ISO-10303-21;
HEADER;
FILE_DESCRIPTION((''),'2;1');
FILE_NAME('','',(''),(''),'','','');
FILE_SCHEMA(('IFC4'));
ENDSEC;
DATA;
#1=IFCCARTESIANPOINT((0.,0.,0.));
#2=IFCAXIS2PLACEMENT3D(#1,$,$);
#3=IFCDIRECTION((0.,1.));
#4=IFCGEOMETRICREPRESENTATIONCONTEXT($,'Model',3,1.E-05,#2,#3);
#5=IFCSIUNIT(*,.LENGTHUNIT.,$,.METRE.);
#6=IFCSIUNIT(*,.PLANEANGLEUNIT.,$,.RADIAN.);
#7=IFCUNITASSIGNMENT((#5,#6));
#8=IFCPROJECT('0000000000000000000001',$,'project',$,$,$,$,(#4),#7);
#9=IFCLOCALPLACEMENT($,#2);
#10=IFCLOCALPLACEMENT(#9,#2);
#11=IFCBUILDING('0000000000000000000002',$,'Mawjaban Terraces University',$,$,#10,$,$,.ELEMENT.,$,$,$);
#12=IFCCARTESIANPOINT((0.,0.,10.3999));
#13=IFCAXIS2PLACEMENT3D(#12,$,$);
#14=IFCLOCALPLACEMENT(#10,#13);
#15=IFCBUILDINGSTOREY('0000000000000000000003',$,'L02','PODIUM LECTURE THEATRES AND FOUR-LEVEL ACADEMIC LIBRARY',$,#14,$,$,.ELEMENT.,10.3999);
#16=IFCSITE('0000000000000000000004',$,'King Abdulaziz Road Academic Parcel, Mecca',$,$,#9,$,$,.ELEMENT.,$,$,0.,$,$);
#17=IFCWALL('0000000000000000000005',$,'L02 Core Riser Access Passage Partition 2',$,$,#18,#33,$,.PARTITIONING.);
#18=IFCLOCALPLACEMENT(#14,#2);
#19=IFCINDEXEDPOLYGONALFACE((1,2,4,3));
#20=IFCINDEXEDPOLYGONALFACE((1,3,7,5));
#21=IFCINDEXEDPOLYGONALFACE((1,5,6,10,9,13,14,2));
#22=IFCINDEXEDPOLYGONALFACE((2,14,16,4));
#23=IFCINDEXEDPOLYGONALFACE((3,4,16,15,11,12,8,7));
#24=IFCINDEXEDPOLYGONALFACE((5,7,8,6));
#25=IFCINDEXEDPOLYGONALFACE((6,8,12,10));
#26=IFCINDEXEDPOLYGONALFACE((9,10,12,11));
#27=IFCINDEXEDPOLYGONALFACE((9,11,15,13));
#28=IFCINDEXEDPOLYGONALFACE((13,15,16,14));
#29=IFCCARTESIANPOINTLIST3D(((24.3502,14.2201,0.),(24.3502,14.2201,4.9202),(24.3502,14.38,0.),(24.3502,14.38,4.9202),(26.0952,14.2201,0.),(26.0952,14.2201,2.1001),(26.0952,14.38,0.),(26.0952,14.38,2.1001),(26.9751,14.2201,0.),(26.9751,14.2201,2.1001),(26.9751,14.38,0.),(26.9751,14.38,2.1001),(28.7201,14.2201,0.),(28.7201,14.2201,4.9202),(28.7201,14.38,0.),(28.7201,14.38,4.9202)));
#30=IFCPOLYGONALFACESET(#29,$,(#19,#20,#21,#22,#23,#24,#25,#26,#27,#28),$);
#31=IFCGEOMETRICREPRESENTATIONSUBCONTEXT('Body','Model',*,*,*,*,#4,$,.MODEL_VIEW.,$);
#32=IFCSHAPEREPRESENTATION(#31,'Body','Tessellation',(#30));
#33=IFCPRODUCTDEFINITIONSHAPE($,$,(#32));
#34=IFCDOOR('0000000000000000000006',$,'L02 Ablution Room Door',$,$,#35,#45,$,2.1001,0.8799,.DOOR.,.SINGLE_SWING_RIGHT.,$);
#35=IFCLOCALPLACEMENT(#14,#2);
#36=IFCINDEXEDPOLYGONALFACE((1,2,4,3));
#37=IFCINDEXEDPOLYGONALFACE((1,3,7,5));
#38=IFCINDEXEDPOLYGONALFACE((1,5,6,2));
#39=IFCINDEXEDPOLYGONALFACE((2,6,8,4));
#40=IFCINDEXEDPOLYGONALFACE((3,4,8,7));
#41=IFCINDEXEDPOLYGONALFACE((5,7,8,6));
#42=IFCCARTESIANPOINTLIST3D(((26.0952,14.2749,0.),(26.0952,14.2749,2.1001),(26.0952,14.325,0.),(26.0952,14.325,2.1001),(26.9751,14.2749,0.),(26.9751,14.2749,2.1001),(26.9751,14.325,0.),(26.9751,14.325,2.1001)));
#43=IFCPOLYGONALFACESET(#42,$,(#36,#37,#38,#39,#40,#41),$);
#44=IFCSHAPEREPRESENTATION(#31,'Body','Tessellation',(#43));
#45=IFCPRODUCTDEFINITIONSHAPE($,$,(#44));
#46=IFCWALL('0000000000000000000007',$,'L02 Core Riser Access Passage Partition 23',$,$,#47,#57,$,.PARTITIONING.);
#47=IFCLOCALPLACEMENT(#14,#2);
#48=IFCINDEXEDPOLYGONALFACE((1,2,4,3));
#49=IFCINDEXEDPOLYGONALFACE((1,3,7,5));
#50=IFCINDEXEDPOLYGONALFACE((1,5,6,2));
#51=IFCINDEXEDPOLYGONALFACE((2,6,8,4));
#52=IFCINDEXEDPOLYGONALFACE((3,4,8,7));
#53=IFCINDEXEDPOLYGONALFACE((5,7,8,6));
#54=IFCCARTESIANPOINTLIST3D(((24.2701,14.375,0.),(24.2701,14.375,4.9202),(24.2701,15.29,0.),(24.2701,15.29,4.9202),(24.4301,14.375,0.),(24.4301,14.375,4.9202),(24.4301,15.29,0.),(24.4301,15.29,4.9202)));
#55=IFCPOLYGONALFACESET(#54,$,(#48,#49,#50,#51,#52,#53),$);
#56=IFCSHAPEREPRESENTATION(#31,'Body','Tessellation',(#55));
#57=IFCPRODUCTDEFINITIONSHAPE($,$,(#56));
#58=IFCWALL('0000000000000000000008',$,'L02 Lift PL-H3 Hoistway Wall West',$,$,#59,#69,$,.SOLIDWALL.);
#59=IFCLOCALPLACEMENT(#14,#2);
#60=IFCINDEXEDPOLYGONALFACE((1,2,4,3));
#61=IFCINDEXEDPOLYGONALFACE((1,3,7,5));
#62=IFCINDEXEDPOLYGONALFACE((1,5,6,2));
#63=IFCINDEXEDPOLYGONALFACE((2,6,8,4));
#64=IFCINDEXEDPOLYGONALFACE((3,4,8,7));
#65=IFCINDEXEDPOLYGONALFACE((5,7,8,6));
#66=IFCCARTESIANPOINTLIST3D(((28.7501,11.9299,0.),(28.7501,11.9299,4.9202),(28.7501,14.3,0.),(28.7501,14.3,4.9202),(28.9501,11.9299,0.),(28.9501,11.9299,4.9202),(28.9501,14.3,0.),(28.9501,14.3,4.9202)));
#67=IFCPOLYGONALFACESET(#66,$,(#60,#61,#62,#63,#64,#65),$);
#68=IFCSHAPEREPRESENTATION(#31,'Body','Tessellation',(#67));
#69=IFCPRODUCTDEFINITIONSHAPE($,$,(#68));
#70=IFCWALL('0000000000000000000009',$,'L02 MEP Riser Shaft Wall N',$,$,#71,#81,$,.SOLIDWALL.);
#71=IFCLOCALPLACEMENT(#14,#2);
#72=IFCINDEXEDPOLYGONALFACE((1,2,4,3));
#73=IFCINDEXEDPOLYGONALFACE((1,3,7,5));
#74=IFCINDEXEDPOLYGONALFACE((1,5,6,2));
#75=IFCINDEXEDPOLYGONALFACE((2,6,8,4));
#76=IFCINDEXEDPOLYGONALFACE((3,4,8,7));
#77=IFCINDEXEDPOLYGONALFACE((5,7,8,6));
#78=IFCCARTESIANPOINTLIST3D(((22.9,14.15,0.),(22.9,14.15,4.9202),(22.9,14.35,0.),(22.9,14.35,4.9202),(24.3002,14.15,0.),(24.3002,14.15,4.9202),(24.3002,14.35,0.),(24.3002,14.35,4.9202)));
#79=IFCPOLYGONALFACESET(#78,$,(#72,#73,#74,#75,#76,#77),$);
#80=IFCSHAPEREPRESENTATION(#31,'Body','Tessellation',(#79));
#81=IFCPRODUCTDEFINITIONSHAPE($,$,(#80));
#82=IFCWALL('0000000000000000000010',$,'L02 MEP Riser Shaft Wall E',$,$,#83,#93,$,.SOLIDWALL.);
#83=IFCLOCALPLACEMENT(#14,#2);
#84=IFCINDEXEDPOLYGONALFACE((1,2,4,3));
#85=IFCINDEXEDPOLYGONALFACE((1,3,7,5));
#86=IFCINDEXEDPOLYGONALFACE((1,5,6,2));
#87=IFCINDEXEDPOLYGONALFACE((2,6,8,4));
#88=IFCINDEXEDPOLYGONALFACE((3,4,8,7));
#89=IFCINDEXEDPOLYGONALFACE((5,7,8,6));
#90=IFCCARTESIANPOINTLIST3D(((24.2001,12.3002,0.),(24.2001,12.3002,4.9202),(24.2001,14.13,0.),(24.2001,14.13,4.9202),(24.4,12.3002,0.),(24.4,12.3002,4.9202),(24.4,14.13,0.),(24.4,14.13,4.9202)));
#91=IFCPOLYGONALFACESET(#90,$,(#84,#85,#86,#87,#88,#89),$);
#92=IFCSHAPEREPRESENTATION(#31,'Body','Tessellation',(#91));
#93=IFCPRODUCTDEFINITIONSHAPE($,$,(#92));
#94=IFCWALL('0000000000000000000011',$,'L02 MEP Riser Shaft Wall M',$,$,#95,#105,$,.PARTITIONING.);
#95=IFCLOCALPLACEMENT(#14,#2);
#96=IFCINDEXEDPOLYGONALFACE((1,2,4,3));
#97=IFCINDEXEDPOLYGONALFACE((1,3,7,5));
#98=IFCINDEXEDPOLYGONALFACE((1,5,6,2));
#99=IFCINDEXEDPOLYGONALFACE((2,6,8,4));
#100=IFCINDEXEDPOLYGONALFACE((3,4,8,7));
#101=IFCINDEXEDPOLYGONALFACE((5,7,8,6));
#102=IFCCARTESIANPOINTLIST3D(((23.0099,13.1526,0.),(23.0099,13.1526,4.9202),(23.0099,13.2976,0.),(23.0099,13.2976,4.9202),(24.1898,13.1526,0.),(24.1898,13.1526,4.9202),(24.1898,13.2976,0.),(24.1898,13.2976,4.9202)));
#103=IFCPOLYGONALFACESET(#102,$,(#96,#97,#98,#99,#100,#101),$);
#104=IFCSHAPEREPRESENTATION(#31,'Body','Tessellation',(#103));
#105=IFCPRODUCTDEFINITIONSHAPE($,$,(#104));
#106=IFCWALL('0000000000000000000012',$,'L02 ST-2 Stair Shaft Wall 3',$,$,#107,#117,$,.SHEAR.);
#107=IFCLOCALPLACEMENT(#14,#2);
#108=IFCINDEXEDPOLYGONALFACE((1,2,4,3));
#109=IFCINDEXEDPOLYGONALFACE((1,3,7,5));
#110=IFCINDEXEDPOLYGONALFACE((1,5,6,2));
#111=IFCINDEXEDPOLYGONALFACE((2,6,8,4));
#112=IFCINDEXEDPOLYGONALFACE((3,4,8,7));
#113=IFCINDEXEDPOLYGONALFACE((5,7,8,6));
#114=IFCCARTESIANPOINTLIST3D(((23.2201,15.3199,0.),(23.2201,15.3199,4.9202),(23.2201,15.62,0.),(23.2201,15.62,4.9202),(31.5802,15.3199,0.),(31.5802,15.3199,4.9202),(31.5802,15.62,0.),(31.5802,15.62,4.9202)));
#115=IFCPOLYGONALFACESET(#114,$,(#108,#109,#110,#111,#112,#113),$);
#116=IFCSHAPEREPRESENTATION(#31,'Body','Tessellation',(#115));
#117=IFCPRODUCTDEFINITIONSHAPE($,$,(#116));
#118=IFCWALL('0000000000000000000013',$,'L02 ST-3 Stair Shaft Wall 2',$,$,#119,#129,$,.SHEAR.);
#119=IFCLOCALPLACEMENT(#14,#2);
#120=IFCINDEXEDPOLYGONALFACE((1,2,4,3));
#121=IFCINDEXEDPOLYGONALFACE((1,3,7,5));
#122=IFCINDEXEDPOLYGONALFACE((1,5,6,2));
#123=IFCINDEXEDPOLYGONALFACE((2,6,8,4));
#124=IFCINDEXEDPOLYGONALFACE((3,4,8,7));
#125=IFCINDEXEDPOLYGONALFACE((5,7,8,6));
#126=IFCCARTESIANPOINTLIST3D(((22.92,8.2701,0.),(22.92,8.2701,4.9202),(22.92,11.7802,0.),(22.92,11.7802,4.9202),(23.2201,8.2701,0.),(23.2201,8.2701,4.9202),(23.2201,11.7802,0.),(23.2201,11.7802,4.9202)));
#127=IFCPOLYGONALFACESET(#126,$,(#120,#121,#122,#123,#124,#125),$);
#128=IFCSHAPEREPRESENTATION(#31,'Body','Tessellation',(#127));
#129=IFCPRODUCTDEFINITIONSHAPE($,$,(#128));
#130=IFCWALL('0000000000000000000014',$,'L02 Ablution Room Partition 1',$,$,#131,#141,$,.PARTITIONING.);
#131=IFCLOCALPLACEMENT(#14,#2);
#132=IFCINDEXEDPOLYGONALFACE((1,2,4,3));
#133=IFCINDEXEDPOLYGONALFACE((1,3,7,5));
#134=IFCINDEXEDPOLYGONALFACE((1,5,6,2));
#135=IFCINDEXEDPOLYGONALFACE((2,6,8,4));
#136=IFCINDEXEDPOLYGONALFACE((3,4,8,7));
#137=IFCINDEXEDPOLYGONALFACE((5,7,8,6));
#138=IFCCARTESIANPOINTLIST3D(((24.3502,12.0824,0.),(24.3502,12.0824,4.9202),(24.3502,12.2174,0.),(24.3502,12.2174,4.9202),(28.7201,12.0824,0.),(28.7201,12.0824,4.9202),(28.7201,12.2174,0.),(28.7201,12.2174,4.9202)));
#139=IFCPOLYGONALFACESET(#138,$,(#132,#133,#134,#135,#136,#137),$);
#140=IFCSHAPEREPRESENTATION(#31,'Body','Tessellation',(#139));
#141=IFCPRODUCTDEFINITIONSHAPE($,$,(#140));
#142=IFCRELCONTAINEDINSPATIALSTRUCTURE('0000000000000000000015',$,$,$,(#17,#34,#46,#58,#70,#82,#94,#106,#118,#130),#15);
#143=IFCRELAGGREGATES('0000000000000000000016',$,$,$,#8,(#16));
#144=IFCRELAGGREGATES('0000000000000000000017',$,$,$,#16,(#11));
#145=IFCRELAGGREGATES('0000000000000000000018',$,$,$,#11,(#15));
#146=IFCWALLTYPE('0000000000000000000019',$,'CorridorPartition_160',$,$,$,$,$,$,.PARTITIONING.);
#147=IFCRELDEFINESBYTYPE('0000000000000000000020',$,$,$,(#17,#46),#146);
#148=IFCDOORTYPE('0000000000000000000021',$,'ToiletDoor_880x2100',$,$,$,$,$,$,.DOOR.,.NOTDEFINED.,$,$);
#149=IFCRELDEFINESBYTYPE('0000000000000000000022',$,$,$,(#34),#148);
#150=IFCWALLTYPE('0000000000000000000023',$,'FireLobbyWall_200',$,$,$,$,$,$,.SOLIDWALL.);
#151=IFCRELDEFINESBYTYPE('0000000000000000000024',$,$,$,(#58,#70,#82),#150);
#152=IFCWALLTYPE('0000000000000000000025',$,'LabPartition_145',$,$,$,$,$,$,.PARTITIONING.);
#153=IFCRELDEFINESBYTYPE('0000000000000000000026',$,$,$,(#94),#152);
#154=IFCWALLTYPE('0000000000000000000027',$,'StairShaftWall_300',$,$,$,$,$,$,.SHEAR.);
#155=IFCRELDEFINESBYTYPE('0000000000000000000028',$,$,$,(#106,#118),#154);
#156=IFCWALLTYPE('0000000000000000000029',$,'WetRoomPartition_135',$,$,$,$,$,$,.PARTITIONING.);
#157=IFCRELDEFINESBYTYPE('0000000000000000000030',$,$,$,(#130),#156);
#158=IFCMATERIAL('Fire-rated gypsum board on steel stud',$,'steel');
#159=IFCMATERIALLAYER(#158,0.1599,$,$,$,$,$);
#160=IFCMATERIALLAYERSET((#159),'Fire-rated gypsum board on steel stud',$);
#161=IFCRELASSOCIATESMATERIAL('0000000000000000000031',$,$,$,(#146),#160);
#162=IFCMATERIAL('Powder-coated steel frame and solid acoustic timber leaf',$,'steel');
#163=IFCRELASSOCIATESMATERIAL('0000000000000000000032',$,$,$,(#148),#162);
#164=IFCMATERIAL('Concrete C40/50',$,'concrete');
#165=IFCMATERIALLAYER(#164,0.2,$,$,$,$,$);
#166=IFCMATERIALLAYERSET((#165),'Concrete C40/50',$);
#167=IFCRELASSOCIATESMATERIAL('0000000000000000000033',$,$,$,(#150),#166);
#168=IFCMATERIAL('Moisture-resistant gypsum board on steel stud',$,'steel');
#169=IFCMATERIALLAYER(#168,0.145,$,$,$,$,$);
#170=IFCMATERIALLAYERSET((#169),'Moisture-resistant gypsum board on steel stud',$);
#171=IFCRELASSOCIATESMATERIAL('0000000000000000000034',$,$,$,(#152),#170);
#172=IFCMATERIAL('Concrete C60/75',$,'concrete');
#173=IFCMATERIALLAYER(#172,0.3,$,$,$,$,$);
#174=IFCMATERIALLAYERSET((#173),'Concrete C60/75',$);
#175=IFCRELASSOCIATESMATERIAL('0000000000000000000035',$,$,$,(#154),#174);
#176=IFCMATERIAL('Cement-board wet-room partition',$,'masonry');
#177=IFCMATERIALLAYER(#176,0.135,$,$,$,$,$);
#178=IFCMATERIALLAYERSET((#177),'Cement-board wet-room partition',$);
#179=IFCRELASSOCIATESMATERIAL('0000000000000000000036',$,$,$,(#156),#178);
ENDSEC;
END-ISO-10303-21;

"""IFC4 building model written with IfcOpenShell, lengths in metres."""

from ifc_helpers import new_model, si_unit, direction, frame, frame_2d, origin, place, context, subcontext, project, spatial, rectangle, extrude, material, layer, layer_set, type_object, element, fill, save


model = new_model("IFC4")

# Units and contexts
model_context = context("Model", 3, precision=1e-05, world=origin(), true_north=direction((0.0, 1.0)))
body_context = subcontext(model_context, "Body", "Model", "MODEL_VIEW")
ifc_project = project(units=[si_unit("LENGTHUNIT", "METRE"), si_unit("PLANEANGLEUNIT", "RADIAN")], contexts=[model_context])

# Site, building, storey
site_placement = place(None, origin())
site = spatial("IfcSite", under=ifc_project, at=site_placement, Name="King Abdulaziz Road Academic Parcel, Mecca", CompositionType="ELEMENT", RefElevation=0.0)
building_placement = place(site_placement, origin())
building = spatial("IfcBuilding", under=site, at=building_placement, Name="Mawjaban Terraces University", CompositionType="ELEMENT")
storey_placement = place(building_placement, frame((0.0, 0.0, 10.3999)))
storey = spatial("IfcBuildingStorey", under=building, at=storey_placement, Name="L02", Description="PODIUM LECTURE THEATRES AND FOUR-LEVEL ACADEMIC LIBRARY", CompositionType="ELEMENT", Elevation=10.3999)

# Wall, opening, door
ifc_material_1 = material(Name="Fire-rated gypsum board on steel stud", Category="steel")
ifc_layer_1 = layer(ifc_material_1, 0.1599)
ifc_layer_set_1 = layer_set([ifc_layer_1], Name="Fire-rated gypsum board on steel stud")
wall_type_1 = type_object("IfcWallType", Name="CorridorPartition_160", PredefinedType="PARTITIONING", material=ifc_layer_set_1)
wall_1_placement = place(storey_placement, frame((24.3501, 14.3, 0.0), z_axis=(0.0, 0.0, 1.0), x_axis=(1.0, 0.0, 0.0)))
wall_1 = element("IfcWall", 1, at=wall_1_placement, inside=storey, type_object=wall_type_1, Name="L02 Core Riser Access Passage Partition 2", PredefinedType="PARTITIONING", context=body_context, shape_type="SweptSolid", body=[
    extrude(rectangle(XDim=4.3699, YDim=0.1599, at=frame_2d((2.1851, 0.0))), origin(), (0.0, 0.0, 1.0), 4.9202),
])
opening_placement = place(wall_1_placement, frame((1.7451, 0.0, 0.0)))
opening = element("IfcOpeningElement", 2, at=opening_placement, cuts=wall_1, PredefinedType="OPENING", context=body_context, shape_type="SweptSolid", body=[
    extrude(rectangle(XDim=0.8799, YDim=2.1001, at=frame_2d((0.4399, 1.05))), frame((0.0, 0.0898, 0.0), z_axis=(0.0, -1.0, 0.0), x_axis=(1.0, 0.0, 0.0)), (0.0, 0.0, 1.0), 0.1799),
])
ifc_material_2 = material(Name="Powder-coated steel frame and solid acoustic timber leaf", Category="steel")
door_type = type_object("IfcDoorType", Name="ToiletDoor_880x2100", OperationType="NOTDEFINED", PredefinedType="DOOR", material=ifc_material_2)
door_placement = place(opening_placement, origin())
door = element("IfcDoor", 3, at=door_placement, inside=storey, type_object=door_type, Name="L02 Ablution Room Door", OperationType="SINGLE_SWING_RIGHT", OverallHeight=2.1001, OverallWidth=0.8799, PredefinedType="DOOR", context=body_context, shape_type="SweptSolid", body=[
    extrude(rectangle(XDim=0.8799, YDim=2.1001, at=frame_2d((0.4399, 1.05))), frame((0.0, 0.0249, 0.0), z_axis=(0.0, -1.0, 0.0), x_axis=(1.0, 0.0, 0.0)), (0.0, 0.0, 1.0), 0.05),
])
fill(opening, door)

# Walls
wall_2_placement = place(storey_placement, frame((24.3501, 15.29, 0.0), z_axis=(0.0, 0.0, 1.0), x_axis=(0.0, -1.0, 0.0)))
element("IfcWall", 4, at=wall_2_placement, inside=storey, type_object=wall_type_1, Name="L02 Core Riser Access Passage Partition 23", PredefinedType="PARTITIONING", context=body_context, shape_type="SweptSolid", body=[
    extrude(rectangle(XDim=0.915, YDim=0.1599, at=frame_2d((0.4575, 0.0))), origin(), (0.0, 0.0, 1.0), 4.9202),
])
ifc_material_3 = material(Name="Concrete C40/50", Category="concrete")
ifc_layer_2 = layer(ifc_material_3, 0.2)
ifc_layer_set_2 = layer_set([ifc_layer_2], Name="Concrete C40/50")
wall_type_2 = type_object("IfcWallType", Name="FireLobbyWall_200", PredefinedType="SOLIDWALL", material=ifc_layer_set_2)
wall_3_placement = place(storey_placement, frame((28.8501, 14.3, 0.0), z_axis=(0.0, 0.0, 1.0), x_axis=(0.0, -1.0, 0.0)))
element("IfcWall", 5, at=wall_3_placement, inside=storey, type_object=wall_type_2, Name="L02 Lift PL-H3 Hoistway Wall West", PredefinedType="SOLIDWALL", context=body_context, shape_type="SweptSolid", body=[
    extrude(rectangle(XDim=2.3701, YDim=0.2, at=frame_2d((1.1851, 0.0))), origin(), (0.0, 0.0, 1.0), 4.9202),
])
wall_4_placement = place(storey_placement, frame((22.8999, 14.25, 0.0), z_axis=(0.0, 0.0, 1.0), x_axis=(1.0, 0.0, 0.0)))
element("IfcWall", 6, at=wall_4_placement, inside=storey, type_object=wall_type_2, Name="L02 MEP Riser Shaft Wall N", PredefinedType="SOLIDWALL", context=body_context, shape_type="SweptSolid", body=[
    extrude(rectangle(XDim=1.4001, YDim=0.2, at=frame_2d((0.7002, 0.0))), origin(), (0.0, 0.0, 1.0), 4.9202),
])
wall_5_placement = place(storey_placement, frame((24.3, 12.3, 0.0), z_axis=(0.0, 0.0, 1.0), x_axis=(0.0, 1.0, 0.0)))
element("IfcWall", 7, at=wall_5_placement, inside=storey, type_object=wall_type_2, Name="L02 MEP Riser Shaft Wall E", PredefinedType="SOLIDWALL", context=body_context, shape_type="SweptSolid", body=[
    extrude(rectangle(XDim=1.8298, YDim=0.2, at=frame_2d((0.915, 0.0))), origin(), (0.0, 0.0, 1.0), 4.9202),
])
ifc_material_4 = material(Name="Moisture-resistant gypsum board on steel stud", Category="steel")
ifc_layer_3 = layer(ifc_material_4, 0.145)
ifc_layer_set_3 = layer_set([ifc_layer_3], Name="Moisture-resistant gypsum board on steel stud")
wall_type_3 = type_object("IfcWallType", Name="LabPartition_145", PredefinedType="PARTITIONING", material=ifc_layer_set_3)
wall_6_placement = place(storey_placement, frame((23.01, 13.2251, 0.0), z_axis=(0.0, 0.0, 1.0), x_axis=(1.0, 0.0, 0.0)))
element("IfcWall", 8, at=wall_6_placement, inside=storey, type_object=wall_type_3, Name="L02 MEP Riser Shaft Wall M", PredefinedType="PARTITIONING", context=body_context, shape_type="SweptSolid", body=[
    extrude(rectangle(XDim=1.1799, YDim=0.145, at=frame_2d((0.5898, 0.0))), origin(), (0.0, 0.0, 1.0), 4.9202),
])
ifc_material_5 = material(Name="Concrete C60/75", Category="concrete")
ifc_layer_4 = layer(ifc_material_5, 0.3)
ifc_layer_set_4 = layer_set([ifc_layer_4], Name="Concrete C60/75")
wall_type_4 = type_object("IfcWallType", Name="StairShaftWall_300", PredefinedType="SHEAR", material=ifc_layer_set_4)
wall_7_placement = place(storey_placement, frame((23.22, 15.47, 0.0), z_axis=(0.0, 0.0, 1.0), x_axis=(1.0, 0.0, 0.0)))
element("IfcWall", 9, at=wall_7_placement, inside=storey, type_object=wall_type_4, Name="L02 ST-2 Stair Shaft Wall 3", PredefinedType="SHEAR", context=body_context, shape_type="SweptSolid", body=[
    extrude(rectangle(XDim=8.3601, YDim=0.3, at=frame_2d((4.1802, 0.0))), origin(), (0.0, 0.0, 1.0), 4.9202),
])
wall_8_placement = place(storey_placement, frame((23.0701, 11.78, 0.0), z_axis=(0.0, 0.0, 1.0), x_axis=(0.0, -1.0, 0.0)))
element("IfcWall", 10, at=wall_8_placement, inside=storey, type_object=wall_type_4, Name="L02 ST-3 Stair Shaft Wall 2", PredefinedType="SHEAR", context=body_context, shape_type="SweptSolid", body=[
    extrude(rectangle(XDim=3.51, YDim=0.3, at=frame_2d((1.7549, 0.0))), origin(), (0.0, 0.0, 1.0), 4.9202),
])
ifc_material_6 = material(Name="Cement-board wet-room partition", Category="masonry")
ifc_layer_5 = layer(ifc_material_6, 0.135)
ifc_layer_set_5 = layer_set([ifc_layer_5], Name="Cement-board wet-room partition")
wall_type_5 = type_object("IfcWallType", Name="WetRoomPartition_135", PredefinedType="PARTITIONING", material=ifc_layer_set_5)
wall_9_placement = place(storey_placement, frame((24.3501, 12.1499, 0.0), z_axis=(0.0, 0.0, 1.0), x_axis=(1.0, 0.0, 0.0)))
element("IfcWall", 11, at=wall_9_placement, inside=storey, type_object=wall_type_5, Name="L02 Ablution Room Partition 1", PredefinedType="PARTITIONING", context=body_context, shape_type="SweptSolid", body=[
    extrude(rectangle(XDim=4.3699, YDim=0.135, at=frame_2d((2.1851, 0.0))), origin(), (0.0, 0.0, 1.0), 4.9202),
])

save(model, "model.ifc")
